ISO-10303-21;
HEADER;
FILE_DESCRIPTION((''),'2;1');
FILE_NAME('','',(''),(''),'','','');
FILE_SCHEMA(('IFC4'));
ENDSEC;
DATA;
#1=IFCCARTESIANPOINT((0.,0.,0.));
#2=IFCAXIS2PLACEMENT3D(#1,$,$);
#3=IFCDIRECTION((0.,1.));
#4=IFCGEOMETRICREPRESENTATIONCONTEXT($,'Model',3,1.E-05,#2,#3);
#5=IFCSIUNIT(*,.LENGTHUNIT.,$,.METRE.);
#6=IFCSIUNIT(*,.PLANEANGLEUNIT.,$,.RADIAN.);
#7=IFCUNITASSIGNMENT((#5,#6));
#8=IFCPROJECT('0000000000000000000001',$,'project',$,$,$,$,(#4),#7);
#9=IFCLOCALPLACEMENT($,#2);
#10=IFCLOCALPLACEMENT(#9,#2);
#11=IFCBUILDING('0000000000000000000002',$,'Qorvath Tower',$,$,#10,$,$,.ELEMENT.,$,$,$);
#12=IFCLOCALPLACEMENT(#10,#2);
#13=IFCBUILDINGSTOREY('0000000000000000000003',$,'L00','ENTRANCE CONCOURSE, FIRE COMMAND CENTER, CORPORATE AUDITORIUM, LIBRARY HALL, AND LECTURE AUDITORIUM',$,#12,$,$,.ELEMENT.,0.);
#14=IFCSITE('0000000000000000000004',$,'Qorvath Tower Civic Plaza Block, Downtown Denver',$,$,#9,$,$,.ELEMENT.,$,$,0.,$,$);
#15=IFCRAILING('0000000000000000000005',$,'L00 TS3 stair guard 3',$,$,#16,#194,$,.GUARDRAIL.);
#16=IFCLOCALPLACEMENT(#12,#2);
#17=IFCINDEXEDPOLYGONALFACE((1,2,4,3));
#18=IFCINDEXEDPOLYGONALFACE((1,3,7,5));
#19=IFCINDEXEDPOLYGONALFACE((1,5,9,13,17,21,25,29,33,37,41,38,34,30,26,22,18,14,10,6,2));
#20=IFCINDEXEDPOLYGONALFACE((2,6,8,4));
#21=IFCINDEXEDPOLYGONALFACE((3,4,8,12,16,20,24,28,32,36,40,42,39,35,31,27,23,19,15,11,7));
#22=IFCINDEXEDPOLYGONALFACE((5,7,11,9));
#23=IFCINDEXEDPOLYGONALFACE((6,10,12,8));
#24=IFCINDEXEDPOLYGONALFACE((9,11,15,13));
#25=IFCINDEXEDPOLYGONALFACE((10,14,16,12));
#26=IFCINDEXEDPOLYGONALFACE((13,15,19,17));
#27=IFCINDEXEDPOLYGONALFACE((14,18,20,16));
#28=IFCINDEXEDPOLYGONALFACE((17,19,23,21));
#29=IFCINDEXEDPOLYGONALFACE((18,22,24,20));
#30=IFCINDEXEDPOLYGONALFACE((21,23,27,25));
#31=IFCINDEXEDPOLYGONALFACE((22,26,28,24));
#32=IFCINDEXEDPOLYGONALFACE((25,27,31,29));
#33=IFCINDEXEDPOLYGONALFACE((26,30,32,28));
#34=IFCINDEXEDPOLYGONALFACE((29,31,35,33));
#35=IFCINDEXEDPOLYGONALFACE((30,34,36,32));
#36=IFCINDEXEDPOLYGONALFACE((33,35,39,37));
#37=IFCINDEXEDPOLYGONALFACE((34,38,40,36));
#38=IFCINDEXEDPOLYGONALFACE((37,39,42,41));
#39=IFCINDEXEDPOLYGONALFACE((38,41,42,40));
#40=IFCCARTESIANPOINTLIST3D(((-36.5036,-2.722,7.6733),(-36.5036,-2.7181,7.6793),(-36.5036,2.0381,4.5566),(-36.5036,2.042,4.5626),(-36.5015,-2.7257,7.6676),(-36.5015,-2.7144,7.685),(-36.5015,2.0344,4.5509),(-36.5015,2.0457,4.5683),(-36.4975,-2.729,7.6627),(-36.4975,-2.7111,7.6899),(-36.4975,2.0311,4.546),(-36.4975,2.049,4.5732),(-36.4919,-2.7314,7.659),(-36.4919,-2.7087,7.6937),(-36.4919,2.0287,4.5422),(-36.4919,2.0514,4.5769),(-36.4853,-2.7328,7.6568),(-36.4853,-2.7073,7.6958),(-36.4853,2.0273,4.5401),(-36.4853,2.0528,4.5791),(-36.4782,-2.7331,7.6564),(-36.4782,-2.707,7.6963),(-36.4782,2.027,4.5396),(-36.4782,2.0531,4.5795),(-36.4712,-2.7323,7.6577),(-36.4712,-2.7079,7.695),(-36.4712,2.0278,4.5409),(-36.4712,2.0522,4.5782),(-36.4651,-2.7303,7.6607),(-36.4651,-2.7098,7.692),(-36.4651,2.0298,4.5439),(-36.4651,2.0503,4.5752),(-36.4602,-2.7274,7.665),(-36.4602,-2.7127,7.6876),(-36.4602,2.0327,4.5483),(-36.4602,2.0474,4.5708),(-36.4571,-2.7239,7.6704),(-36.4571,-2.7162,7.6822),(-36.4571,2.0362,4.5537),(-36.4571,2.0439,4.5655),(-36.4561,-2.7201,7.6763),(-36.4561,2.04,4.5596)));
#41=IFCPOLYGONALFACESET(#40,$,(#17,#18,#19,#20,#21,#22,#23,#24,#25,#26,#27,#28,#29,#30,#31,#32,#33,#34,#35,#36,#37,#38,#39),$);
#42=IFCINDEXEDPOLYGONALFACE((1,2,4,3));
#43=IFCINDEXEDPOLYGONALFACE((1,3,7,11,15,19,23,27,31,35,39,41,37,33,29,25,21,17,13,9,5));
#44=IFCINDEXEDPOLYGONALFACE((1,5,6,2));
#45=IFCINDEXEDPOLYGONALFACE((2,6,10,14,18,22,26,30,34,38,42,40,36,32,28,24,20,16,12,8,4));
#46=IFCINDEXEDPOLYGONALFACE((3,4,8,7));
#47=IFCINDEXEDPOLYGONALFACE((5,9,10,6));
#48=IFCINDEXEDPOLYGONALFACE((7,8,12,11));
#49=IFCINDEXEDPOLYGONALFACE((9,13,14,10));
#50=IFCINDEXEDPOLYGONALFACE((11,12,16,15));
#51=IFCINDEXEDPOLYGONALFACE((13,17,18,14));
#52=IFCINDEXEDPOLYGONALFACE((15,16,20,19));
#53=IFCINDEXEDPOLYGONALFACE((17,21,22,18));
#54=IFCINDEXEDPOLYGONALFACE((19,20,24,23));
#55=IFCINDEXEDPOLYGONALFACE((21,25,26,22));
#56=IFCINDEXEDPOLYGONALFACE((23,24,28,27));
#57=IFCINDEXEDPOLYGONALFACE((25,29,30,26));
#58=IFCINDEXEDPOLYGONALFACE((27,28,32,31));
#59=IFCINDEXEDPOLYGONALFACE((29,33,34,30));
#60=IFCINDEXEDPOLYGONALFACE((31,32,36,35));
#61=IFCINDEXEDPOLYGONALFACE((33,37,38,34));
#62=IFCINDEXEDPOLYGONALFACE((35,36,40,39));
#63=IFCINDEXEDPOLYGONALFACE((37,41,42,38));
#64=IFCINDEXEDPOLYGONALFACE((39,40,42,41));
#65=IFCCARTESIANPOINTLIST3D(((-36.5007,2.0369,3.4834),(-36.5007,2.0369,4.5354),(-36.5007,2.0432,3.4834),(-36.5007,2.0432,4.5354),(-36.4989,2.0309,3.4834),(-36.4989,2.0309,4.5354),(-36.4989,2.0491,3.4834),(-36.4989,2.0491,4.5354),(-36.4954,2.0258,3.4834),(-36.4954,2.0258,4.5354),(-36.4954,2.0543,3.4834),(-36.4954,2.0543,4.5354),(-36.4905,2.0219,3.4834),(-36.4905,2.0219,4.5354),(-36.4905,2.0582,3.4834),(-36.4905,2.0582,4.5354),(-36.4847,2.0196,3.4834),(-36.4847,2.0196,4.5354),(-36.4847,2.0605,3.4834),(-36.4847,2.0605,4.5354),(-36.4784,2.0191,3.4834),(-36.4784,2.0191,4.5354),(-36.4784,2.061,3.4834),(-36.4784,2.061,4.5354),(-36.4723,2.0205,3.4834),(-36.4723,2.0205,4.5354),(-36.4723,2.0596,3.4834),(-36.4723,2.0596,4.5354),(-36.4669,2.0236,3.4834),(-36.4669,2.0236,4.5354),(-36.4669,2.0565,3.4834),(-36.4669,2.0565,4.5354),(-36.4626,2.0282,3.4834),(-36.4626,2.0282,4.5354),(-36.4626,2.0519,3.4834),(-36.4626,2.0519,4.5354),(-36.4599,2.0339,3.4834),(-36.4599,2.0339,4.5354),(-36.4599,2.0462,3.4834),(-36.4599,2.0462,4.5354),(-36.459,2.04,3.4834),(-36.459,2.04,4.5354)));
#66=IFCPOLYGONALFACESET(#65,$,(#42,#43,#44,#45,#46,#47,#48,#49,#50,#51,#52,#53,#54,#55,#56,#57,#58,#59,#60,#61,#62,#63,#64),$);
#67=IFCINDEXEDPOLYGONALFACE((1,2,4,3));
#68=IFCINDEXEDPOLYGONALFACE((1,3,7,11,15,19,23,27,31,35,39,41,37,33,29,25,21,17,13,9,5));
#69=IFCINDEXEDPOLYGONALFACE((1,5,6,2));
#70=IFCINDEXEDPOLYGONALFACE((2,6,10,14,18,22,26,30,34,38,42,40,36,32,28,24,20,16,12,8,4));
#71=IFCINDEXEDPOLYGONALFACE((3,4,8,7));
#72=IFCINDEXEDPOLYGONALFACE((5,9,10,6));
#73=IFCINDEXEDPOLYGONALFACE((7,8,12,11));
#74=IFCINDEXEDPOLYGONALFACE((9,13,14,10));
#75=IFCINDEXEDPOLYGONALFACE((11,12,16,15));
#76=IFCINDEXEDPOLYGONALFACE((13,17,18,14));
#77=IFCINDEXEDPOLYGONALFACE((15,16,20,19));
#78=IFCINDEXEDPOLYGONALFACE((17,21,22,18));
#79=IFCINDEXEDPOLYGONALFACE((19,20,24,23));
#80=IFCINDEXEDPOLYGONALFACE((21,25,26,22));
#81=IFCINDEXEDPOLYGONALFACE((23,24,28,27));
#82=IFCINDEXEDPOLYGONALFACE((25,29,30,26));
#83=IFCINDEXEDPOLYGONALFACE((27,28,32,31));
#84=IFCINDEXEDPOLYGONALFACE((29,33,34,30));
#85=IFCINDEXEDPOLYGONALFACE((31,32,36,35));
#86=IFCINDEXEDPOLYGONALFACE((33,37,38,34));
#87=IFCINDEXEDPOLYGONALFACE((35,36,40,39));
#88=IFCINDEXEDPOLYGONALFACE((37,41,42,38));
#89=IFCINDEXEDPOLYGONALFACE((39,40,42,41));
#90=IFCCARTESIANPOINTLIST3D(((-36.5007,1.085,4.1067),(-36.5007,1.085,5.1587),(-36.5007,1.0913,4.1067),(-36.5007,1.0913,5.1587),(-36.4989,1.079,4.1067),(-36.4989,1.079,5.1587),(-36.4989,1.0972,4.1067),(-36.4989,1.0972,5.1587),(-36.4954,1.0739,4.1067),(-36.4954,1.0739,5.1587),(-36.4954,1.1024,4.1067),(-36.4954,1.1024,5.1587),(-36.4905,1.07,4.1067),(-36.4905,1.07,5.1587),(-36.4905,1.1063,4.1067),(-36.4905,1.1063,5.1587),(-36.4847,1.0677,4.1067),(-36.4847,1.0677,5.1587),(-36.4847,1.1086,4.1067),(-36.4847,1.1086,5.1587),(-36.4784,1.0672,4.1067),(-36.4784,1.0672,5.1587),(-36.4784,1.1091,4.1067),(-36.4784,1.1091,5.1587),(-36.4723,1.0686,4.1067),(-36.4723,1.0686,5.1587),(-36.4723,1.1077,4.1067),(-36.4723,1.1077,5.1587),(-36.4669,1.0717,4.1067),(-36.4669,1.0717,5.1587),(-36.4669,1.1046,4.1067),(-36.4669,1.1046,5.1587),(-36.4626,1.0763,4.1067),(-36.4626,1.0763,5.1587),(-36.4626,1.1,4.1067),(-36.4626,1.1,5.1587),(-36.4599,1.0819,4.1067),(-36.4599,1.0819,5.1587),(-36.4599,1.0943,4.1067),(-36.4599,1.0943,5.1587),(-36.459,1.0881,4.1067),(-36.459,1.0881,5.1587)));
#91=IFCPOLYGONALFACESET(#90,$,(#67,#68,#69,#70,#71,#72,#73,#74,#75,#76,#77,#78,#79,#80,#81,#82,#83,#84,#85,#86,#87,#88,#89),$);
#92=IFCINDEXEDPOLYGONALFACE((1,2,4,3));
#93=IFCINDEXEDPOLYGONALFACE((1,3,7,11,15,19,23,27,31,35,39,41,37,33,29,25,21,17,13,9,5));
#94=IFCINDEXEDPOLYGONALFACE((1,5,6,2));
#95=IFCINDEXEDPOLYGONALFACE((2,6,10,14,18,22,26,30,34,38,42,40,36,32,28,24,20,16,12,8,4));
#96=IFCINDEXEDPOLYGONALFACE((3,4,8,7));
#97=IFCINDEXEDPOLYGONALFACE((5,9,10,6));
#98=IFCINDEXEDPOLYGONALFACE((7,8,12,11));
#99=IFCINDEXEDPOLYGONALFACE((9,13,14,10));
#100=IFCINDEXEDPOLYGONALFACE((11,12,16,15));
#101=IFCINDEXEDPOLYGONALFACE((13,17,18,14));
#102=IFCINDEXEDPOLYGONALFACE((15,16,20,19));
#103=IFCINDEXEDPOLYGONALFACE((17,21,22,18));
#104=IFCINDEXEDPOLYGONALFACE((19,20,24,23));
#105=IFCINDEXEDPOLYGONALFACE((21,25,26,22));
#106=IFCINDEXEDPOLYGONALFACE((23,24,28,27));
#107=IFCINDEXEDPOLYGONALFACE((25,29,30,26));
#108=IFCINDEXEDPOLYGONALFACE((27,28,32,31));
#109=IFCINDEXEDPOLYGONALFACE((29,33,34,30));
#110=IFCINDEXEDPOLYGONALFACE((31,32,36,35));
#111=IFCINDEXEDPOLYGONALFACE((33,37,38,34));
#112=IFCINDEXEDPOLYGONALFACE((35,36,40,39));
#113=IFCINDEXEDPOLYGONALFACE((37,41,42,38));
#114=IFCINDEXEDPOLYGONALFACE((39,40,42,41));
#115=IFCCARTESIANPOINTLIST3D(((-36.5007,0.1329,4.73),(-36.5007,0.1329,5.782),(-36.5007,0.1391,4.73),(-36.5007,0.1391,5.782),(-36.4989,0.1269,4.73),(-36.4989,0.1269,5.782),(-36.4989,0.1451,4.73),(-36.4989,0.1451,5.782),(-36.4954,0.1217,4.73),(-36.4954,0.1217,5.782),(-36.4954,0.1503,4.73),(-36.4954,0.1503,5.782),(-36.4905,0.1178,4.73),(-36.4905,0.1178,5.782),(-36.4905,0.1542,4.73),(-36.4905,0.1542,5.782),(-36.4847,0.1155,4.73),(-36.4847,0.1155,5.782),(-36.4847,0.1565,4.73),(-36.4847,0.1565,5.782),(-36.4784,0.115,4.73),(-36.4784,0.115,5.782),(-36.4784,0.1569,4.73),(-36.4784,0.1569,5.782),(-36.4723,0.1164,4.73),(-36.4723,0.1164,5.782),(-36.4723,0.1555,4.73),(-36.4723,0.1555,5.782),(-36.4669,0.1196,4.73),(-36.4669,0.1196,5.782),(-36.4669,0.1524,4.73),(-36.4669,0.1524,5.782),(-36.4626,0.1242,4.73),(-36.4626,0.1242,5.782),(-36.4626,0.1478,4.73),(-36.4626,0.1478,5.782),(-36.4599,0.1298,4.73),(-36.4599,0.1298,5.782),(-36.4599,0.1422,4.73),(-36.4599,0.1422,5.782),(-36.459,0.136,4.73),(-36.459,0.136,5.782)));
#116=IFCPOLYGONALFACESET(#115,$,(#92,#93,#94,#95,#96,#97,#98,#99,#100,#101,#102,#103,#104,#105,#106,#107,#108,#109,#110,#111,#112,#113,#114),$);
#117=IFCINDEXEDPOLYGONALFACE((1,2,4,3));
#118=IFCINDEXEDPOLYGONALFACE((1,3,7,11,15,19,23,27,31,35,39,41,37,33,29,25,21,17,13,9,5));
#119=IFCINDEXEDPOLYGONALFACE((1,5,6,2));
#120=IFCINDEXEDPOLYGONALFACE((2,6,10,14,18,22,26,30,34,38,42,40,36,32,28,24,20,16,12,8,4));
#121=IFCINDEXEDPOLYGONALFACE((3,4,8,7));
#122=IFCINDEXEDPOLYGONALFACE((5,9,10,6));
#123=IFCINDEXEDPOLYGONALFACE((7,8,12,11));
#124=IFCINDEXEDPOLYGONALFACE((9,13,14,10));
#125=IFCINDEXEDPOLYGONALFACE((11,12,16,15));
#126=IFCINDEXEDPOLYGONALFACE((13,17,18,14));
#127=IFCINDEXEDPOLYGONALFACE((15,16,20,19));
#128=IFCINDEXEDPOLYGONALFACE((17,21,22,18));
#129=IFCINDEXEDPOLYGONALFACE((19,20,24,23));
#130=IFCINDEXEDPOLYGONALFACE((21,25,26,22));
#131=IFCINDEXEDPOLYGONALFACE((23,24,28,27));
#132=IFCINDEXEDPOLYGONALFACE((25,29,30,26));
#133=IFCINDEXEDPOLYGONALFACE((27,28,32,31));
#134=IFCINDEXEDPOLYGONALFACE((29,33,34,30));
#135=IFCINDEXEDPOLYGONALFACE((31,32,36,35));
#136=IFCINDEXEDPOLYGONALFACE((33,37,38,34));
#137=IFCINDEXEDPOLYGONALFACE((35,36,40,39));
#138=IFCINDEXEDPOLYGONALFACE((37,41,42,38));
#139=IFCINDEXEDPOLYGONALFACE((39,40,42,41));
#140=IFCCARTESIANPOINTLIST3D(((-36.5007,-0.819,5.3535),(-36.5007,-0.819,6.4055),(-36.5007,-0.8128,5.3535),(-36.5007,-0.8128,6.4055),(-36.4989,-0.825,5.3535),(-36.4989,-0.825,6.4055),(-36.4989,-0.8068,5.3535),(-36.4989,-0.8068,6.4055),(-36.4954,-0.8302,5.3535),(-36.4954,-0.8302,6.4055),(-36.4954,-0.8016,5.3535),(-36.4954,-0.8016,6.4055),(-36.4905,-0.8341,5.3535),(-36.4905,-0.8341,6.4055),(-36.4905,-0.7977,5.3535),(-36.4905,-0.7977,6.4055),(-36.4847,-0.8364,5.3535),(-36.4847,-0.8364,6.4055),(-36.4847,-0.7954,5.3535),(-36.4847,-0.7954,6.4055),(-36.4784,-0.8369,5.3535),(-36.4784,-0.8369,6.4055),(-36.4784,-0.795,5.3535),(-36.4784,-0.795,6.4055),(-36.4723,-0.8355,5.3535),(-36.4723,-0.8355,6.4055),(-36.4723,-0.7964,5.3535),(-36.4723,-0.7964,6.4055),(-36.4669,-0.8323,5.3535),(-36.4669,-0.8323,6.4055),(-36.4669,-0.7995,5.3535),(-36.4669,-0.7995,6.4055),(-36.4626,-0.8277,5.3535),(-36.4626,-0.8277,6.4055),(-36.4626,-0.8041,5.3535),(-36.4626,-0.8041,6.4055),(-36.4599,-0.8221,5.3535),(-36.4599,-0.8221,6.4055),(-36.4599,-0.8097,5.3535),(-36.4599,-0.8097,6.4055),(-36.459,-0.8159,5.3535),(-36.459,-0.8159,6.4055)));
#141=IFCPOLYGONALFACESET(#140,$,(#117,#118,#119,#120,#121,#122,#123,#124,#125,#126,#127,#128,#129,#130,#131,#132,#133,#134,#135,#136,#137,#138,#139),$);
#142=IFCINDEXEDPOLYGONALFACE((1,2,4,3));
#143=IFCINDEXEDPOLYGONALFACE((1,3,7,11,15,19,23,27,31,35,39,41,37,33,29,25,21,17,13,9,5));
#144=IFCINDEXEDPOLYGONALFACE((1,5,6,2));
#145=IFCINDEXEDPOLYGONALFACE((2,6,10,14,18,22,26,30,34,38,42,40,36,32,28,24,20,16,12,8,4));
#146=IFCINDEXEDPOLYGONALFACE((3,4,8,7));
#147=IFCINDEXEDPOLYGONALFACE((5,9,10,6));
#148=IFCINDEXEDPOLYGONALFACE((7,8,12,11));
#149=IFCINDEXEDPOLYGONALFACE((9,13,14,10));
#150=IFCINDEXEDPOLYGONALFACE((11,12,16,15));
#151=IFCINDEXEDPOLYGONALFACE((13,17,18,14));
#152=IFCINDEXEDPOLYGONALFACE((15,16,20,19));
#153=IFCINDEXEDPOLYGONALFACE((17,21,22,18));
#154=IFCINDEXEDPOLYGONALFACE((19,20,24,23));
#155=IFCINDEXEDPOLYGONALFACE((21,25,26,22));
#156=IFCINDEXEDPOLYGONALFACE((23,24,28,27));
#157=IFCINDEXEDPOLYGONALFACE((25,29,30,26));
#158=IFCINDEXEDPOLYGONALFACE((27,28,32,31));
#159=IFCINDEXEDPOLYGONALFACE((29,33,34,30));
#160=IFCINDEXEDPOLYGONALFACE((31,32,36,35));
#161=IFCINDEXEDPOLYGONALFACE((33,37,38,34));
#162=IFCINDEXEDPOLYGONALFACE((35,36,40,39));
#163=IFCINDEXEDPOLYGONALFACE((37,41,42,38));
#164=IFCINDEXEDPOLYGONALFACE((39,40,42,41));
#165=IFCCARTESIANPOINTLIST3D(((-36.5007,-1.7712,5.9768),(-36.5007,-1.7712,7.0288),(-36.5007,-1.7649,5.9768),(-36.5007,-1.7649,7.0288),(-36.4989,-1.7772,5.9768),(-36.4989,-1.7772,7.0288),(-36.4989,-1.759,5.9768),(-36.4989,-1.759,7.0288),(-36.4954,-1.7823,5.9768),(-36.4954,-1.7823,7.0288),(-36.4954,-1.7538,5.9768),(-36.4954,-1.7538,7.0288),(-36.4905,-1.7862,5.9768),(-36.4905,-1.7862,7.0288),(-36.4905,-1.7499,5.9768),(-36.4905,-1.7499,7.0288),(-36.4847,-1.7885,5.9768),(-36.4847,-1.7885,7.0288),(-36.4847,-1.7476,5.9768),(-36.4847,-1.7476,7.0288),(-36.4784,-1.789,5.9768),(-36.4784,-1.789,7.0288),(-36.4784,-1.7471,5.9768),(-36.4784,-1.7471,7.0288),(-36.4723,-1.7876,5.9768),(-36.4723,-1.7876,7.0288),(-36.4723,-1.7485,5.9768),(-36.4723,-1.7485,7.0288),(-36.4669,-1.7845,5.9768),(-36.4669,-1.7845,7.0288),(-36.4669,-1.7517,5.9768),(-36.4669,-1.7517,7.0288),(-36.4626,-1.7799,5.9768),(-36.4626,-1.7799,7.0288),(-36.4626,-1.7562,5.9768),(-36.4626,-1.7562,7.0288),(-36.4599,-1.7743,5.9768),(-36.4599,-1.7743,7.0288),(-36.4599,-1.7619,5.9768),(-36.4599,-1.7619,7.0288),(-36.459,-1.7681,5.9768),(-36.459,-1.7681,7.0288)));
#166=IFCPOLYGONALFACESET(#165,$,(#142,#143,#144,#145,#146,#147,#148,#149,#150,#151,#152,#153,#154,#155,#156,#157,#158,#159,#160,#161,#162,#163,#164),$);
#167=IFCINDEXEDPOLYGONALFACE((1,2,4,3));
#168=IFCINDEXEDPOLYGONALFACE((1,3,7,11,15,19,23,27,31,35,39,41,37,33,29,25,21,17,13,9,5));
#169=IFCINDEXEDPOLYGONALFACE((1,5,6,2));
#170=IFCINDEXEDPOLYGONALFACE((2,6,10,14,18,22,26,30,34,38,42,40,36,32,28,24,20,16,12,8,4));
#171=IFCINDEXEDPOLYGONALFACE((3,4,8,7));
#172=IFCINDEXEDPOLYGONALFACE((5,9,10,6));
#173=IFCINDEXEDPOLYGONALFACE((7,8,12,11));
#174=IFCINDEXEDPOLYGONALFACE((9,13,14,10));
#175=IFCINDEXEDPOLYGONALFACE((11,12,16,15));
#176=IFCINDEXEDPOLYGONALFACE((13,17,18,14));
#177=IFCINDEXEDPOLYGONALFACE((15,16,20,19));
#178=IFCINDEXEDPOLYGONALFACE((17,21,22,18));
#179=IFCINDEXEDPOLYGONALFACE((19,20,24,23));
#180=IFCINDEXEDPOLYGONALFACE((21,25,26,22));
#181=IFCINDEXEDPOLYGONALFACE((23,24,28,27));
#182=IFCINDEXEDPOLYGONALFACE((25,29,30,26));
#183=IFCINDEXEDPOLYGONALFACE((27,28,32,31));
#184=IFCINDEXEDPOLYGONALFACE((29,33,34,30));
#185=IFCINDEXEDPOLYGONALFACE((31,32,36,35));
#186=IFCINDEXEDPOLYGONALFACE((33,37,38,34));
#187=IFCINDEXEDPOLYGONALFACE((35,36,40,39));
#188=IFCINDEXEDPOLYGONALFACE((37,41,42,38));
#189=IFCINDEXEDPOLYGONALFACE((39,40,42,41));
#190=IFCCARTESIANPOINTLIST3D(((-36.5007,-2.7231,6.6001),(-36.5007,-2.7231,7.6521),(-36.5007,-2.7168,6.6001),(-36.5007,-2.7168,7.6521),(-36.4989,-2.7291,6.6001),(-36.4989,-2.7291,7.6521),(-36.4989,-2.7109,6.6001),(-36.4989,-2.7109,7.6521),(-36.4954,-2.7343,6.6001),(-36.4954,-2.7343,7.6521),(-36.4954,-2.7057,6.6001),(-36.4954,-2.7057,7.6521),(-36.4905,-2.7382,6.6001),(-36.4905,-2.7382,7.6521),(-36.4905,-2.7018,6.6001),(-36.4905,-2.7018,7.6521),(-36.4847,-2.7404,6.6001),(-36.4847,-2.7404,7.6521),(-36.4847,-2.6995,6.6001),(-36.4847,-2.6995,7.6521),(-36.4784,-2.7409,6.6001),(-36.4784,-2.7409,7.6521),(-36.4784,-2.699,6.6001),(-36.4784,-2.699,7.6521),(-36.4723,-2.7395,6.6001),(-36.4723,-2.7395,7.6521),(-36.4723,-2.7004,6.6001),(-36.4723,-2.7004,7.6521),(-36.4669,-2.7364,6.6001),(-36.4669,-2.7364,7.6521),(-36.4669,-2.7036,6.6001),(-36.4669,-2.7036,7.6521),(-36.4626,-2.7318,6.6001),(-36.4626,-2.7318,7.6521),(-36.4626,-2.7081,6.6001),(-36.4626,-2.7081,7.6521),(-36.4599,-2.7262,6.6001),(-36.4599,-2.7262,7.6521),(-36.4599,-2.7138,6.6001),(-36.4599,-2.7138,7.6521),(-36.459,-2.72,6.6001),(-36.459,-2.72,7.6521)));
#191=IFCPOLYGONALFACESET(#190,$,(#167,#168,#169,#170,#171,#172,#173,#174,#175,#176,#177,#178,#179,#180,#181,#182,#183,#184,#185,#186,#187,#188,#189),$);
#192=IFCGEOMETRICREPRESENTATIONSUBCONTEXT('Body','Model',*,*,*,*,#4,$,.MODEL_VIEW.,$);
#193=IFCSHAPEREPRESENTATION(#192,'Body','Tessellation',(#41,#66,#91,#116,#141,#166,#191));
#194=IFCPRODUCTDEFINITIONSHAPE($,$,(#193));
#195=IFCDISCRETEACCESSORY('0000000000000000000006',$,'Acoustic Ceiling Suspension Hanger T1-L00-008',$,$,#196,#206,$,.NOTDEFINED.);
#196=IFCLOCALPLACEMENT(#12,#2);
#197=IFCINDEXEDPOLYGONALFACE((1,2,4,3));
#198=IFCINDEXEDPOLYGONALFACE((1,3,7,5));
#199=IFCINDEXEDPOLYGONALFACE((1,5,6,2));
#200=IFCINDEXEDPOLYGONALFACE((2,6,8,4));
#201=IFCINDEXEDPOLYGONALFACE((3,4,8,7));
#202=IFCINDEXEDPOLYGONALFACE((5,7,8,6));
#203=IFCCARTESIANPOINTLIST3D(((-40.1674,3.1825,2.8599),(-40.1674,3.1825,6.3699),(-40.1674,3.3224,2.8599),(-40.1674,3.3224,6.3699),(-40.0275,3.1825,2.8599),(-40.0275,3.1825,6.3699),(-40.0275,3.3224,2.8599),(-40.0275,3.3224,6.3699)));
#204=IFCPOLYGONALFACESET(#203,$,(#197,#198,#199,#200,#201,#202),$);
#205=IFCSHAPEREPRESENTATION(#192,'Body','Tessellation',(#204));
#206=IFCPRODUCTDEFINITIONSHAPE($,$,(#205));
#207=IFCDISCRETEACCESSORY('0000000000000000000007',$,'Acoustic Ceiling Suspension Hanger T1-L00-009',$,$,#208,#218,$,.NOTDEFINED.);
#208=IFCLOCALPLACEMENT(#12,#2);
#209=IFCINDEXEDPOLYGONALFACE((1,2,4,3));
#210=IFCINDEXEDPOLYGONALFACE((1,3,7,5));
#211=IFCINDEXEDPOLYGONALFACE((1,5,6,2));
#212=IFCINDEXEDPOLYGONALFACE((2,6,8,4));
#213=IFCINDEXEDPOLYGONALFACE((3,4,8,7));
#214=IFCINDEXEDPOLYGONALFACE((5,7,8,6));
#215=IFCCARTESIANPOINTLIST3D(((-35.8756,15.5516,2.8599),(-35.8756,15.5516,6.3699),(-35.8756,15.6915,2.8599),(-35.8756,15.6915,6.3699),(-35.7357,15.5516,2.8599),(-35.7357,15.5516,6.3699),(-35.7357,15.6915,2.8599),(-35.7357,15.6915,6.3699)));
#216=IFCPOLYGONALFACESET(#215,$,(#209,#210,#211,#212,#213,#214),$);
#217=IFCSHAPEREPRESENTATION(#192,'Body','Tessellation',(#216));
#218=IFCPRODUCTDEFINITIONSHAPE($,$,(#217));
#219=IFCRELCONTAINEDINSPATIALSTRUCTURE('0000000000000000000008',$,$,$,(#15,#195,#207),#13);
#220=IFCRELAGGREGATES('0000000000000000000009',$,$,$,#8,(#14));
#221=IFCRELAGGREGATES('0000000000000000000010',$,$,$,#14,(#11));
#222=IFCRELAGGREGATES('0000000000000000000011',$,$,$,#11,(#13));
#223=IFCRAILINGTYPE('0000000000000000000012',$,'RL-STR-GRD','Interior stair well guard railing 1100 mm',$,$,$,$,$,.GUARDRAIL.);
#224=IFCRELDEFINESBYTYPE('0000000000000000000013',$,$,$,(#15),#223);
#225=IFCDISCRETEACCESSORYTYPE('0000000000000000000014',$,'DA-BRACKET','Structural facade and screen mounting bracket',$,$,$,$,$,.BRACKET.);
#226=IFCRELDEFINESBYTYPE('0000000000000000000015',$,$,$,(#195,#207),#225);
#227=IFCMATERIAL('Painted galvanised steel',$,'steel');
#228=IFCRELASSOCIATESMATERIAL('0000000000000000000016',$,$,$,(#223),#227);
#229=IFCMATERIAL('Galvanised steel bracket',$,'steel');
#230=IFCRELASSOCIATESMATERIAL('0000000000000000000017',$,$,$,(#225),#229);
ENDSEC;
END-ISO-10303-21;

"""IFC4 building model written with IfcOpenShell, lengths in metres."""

from ifc_helpers import new_model, si_unit, direction, frame, origin, origin_2d, place, context, subcontext, project, spatial, rectangle, circle, extrude, material, type_object, element, save


model = new_model("IFC4")

# Units and contexts
model_context = context("Model", 3, precision=1e-05, world=origin(), true_north=direction((0.0, 1.0)))
body_context = subcontext(model_context, "Body", "Model", "MODEL_VIEW")
ifc_project = project(units=[si_unit("LENGTHUNIT", "METRE"), si_unit("PLANEANGLEUNIT", "RADIAN")], contexts=[model_context])

# Site, building, storey
site_placement = place(None, origin())
site = spatial("IfcSite", under=ifc_project, at=site_placement, Name="Qorvath Tower Civic Plaza Block, Downtown Denver", CompositionType="ELEMENT", RefElevation=0.0)
building_placement = place(site_placement, origin())
building = spatial("IfcBuilding", under=site, at=building_placement, Name="Qorvath Tower", CompositionType="ELEMENT")
storey_placement = place(building_placement, origin())
storey = spatial("IfcBuildingStorey", under=building, at=storey_placement, Name="L00", Description="ENTRANCE CONCOURSE, FIRE COMMAND CENTER, CORPORATE AUDITORIUM, LIBRARY HALL, AND LECTURE AUDITORIUM", CompositionType="ELEMENT", Elevation=0.0)

# Railing
ifc_material_1 = material(Name="Painted galvanised steel", Category="steel")
railing_type_1 = type_object("IfcRailingType", Name="RL-STR-GRD", Description="Interior stair well guard railing 1100 mm", PredefinedType="GUARDRAIL", material=ifc_material_1)
railing_1_placement = place(storey_placement, frame((-36.48, 2.04, 3.4834)))
element("IfcRailing", 1, at=railing_1_placement, inside=storey, type_object=railing_type_1, Name="L00 TS3 stair guard 3", PredefinedType="GUARDRAIL", context=body_context, shape_type="SweptSolid", body=[
    extrude(circle(Radius=0.0239, at=origin_2d()), frame((0.0, 0.0, 1.0762), z_axis=(0.0, -0.836616, 0.547789), x_axis=(1.0, 0.0, 0.0)), (0.0, 0.0, 1.0), 5.6897),
    extrude(circle(Radius=0.021, at=origin_2d()), origin(), (0.0, 0.0, 1.0), 1.052),
    extrude(circle(Radius=0.021, at=origin_2d()), frame((0.0, -0.9519, 0.6233)), (0.0, 0.0, 1.0), 1.052),
    extrude(circle(Radius=0.021, at=origin_2d()), frame((0.0, -1.9041, 1.2466)), (0.0, 0.0, 1.0), 1.052),
    extrude(circle(Radius=0.021, at=origin_2d()), frame((0.0, -2.856, 1.8701)), (0.0, 0.0, 1.0), 1.052),
    extrude(circle(Radius=0.021, at=origin_2d()), frame((0.0, -3.8081, 2.4934)), (0.0, 0.0, 1.0), 1.052),
    extrude(circle(Radius=0.021, at=origin_2d()), frame((0.0, -4.76, 3.1167)), (0.0, 0.0, 1.0), 1.052),
])

# Discrete accessories
ifc_material_2 = material(Name="Galvanised steel bracket", Category="steel")
discrete_accessory_type = type_object("IfcDiscreteAccessoryType", Name="DA-BRACKET", Description="Structural facade and screen mounting bracket", PredefinedType="BRACKET", material=ifc_material_2)
for number, where, z_axis, x_axis, name in (
    (2, (-40.0974, 3.2524, 2.8599), (0.0, 0.0, 1.0), (1.0, 0.0, 0.0), "Acoustic Ceiling Suspension Hanger T1-L00-008"),
    (3, (-35.8057, 15.6216, 2.8599), (0.0, 0.0, 1.0), (1.0, 0.0, 0.0), "Acoustic Ceiling Suspension Hanger T1-L00-009"),
):
    element("IfcDiscreteAccessory", number, at=place(storey_placement, frame(where, z_axis=z_axis, x_axis=x_axis)), inside=storey, type_object=discrete_accessory_type, Name=name, PredefinedType="NOTDEFINED", context=body_context, shape_type="SweptSolid", body=[
        extrude(rectangle(XDim=0.1399, YDim=0.1399, at=origin_2d()), origin(), (0.0, 0.0, 1.0), 3.51),
    ])

save(model, "model.ifc")
